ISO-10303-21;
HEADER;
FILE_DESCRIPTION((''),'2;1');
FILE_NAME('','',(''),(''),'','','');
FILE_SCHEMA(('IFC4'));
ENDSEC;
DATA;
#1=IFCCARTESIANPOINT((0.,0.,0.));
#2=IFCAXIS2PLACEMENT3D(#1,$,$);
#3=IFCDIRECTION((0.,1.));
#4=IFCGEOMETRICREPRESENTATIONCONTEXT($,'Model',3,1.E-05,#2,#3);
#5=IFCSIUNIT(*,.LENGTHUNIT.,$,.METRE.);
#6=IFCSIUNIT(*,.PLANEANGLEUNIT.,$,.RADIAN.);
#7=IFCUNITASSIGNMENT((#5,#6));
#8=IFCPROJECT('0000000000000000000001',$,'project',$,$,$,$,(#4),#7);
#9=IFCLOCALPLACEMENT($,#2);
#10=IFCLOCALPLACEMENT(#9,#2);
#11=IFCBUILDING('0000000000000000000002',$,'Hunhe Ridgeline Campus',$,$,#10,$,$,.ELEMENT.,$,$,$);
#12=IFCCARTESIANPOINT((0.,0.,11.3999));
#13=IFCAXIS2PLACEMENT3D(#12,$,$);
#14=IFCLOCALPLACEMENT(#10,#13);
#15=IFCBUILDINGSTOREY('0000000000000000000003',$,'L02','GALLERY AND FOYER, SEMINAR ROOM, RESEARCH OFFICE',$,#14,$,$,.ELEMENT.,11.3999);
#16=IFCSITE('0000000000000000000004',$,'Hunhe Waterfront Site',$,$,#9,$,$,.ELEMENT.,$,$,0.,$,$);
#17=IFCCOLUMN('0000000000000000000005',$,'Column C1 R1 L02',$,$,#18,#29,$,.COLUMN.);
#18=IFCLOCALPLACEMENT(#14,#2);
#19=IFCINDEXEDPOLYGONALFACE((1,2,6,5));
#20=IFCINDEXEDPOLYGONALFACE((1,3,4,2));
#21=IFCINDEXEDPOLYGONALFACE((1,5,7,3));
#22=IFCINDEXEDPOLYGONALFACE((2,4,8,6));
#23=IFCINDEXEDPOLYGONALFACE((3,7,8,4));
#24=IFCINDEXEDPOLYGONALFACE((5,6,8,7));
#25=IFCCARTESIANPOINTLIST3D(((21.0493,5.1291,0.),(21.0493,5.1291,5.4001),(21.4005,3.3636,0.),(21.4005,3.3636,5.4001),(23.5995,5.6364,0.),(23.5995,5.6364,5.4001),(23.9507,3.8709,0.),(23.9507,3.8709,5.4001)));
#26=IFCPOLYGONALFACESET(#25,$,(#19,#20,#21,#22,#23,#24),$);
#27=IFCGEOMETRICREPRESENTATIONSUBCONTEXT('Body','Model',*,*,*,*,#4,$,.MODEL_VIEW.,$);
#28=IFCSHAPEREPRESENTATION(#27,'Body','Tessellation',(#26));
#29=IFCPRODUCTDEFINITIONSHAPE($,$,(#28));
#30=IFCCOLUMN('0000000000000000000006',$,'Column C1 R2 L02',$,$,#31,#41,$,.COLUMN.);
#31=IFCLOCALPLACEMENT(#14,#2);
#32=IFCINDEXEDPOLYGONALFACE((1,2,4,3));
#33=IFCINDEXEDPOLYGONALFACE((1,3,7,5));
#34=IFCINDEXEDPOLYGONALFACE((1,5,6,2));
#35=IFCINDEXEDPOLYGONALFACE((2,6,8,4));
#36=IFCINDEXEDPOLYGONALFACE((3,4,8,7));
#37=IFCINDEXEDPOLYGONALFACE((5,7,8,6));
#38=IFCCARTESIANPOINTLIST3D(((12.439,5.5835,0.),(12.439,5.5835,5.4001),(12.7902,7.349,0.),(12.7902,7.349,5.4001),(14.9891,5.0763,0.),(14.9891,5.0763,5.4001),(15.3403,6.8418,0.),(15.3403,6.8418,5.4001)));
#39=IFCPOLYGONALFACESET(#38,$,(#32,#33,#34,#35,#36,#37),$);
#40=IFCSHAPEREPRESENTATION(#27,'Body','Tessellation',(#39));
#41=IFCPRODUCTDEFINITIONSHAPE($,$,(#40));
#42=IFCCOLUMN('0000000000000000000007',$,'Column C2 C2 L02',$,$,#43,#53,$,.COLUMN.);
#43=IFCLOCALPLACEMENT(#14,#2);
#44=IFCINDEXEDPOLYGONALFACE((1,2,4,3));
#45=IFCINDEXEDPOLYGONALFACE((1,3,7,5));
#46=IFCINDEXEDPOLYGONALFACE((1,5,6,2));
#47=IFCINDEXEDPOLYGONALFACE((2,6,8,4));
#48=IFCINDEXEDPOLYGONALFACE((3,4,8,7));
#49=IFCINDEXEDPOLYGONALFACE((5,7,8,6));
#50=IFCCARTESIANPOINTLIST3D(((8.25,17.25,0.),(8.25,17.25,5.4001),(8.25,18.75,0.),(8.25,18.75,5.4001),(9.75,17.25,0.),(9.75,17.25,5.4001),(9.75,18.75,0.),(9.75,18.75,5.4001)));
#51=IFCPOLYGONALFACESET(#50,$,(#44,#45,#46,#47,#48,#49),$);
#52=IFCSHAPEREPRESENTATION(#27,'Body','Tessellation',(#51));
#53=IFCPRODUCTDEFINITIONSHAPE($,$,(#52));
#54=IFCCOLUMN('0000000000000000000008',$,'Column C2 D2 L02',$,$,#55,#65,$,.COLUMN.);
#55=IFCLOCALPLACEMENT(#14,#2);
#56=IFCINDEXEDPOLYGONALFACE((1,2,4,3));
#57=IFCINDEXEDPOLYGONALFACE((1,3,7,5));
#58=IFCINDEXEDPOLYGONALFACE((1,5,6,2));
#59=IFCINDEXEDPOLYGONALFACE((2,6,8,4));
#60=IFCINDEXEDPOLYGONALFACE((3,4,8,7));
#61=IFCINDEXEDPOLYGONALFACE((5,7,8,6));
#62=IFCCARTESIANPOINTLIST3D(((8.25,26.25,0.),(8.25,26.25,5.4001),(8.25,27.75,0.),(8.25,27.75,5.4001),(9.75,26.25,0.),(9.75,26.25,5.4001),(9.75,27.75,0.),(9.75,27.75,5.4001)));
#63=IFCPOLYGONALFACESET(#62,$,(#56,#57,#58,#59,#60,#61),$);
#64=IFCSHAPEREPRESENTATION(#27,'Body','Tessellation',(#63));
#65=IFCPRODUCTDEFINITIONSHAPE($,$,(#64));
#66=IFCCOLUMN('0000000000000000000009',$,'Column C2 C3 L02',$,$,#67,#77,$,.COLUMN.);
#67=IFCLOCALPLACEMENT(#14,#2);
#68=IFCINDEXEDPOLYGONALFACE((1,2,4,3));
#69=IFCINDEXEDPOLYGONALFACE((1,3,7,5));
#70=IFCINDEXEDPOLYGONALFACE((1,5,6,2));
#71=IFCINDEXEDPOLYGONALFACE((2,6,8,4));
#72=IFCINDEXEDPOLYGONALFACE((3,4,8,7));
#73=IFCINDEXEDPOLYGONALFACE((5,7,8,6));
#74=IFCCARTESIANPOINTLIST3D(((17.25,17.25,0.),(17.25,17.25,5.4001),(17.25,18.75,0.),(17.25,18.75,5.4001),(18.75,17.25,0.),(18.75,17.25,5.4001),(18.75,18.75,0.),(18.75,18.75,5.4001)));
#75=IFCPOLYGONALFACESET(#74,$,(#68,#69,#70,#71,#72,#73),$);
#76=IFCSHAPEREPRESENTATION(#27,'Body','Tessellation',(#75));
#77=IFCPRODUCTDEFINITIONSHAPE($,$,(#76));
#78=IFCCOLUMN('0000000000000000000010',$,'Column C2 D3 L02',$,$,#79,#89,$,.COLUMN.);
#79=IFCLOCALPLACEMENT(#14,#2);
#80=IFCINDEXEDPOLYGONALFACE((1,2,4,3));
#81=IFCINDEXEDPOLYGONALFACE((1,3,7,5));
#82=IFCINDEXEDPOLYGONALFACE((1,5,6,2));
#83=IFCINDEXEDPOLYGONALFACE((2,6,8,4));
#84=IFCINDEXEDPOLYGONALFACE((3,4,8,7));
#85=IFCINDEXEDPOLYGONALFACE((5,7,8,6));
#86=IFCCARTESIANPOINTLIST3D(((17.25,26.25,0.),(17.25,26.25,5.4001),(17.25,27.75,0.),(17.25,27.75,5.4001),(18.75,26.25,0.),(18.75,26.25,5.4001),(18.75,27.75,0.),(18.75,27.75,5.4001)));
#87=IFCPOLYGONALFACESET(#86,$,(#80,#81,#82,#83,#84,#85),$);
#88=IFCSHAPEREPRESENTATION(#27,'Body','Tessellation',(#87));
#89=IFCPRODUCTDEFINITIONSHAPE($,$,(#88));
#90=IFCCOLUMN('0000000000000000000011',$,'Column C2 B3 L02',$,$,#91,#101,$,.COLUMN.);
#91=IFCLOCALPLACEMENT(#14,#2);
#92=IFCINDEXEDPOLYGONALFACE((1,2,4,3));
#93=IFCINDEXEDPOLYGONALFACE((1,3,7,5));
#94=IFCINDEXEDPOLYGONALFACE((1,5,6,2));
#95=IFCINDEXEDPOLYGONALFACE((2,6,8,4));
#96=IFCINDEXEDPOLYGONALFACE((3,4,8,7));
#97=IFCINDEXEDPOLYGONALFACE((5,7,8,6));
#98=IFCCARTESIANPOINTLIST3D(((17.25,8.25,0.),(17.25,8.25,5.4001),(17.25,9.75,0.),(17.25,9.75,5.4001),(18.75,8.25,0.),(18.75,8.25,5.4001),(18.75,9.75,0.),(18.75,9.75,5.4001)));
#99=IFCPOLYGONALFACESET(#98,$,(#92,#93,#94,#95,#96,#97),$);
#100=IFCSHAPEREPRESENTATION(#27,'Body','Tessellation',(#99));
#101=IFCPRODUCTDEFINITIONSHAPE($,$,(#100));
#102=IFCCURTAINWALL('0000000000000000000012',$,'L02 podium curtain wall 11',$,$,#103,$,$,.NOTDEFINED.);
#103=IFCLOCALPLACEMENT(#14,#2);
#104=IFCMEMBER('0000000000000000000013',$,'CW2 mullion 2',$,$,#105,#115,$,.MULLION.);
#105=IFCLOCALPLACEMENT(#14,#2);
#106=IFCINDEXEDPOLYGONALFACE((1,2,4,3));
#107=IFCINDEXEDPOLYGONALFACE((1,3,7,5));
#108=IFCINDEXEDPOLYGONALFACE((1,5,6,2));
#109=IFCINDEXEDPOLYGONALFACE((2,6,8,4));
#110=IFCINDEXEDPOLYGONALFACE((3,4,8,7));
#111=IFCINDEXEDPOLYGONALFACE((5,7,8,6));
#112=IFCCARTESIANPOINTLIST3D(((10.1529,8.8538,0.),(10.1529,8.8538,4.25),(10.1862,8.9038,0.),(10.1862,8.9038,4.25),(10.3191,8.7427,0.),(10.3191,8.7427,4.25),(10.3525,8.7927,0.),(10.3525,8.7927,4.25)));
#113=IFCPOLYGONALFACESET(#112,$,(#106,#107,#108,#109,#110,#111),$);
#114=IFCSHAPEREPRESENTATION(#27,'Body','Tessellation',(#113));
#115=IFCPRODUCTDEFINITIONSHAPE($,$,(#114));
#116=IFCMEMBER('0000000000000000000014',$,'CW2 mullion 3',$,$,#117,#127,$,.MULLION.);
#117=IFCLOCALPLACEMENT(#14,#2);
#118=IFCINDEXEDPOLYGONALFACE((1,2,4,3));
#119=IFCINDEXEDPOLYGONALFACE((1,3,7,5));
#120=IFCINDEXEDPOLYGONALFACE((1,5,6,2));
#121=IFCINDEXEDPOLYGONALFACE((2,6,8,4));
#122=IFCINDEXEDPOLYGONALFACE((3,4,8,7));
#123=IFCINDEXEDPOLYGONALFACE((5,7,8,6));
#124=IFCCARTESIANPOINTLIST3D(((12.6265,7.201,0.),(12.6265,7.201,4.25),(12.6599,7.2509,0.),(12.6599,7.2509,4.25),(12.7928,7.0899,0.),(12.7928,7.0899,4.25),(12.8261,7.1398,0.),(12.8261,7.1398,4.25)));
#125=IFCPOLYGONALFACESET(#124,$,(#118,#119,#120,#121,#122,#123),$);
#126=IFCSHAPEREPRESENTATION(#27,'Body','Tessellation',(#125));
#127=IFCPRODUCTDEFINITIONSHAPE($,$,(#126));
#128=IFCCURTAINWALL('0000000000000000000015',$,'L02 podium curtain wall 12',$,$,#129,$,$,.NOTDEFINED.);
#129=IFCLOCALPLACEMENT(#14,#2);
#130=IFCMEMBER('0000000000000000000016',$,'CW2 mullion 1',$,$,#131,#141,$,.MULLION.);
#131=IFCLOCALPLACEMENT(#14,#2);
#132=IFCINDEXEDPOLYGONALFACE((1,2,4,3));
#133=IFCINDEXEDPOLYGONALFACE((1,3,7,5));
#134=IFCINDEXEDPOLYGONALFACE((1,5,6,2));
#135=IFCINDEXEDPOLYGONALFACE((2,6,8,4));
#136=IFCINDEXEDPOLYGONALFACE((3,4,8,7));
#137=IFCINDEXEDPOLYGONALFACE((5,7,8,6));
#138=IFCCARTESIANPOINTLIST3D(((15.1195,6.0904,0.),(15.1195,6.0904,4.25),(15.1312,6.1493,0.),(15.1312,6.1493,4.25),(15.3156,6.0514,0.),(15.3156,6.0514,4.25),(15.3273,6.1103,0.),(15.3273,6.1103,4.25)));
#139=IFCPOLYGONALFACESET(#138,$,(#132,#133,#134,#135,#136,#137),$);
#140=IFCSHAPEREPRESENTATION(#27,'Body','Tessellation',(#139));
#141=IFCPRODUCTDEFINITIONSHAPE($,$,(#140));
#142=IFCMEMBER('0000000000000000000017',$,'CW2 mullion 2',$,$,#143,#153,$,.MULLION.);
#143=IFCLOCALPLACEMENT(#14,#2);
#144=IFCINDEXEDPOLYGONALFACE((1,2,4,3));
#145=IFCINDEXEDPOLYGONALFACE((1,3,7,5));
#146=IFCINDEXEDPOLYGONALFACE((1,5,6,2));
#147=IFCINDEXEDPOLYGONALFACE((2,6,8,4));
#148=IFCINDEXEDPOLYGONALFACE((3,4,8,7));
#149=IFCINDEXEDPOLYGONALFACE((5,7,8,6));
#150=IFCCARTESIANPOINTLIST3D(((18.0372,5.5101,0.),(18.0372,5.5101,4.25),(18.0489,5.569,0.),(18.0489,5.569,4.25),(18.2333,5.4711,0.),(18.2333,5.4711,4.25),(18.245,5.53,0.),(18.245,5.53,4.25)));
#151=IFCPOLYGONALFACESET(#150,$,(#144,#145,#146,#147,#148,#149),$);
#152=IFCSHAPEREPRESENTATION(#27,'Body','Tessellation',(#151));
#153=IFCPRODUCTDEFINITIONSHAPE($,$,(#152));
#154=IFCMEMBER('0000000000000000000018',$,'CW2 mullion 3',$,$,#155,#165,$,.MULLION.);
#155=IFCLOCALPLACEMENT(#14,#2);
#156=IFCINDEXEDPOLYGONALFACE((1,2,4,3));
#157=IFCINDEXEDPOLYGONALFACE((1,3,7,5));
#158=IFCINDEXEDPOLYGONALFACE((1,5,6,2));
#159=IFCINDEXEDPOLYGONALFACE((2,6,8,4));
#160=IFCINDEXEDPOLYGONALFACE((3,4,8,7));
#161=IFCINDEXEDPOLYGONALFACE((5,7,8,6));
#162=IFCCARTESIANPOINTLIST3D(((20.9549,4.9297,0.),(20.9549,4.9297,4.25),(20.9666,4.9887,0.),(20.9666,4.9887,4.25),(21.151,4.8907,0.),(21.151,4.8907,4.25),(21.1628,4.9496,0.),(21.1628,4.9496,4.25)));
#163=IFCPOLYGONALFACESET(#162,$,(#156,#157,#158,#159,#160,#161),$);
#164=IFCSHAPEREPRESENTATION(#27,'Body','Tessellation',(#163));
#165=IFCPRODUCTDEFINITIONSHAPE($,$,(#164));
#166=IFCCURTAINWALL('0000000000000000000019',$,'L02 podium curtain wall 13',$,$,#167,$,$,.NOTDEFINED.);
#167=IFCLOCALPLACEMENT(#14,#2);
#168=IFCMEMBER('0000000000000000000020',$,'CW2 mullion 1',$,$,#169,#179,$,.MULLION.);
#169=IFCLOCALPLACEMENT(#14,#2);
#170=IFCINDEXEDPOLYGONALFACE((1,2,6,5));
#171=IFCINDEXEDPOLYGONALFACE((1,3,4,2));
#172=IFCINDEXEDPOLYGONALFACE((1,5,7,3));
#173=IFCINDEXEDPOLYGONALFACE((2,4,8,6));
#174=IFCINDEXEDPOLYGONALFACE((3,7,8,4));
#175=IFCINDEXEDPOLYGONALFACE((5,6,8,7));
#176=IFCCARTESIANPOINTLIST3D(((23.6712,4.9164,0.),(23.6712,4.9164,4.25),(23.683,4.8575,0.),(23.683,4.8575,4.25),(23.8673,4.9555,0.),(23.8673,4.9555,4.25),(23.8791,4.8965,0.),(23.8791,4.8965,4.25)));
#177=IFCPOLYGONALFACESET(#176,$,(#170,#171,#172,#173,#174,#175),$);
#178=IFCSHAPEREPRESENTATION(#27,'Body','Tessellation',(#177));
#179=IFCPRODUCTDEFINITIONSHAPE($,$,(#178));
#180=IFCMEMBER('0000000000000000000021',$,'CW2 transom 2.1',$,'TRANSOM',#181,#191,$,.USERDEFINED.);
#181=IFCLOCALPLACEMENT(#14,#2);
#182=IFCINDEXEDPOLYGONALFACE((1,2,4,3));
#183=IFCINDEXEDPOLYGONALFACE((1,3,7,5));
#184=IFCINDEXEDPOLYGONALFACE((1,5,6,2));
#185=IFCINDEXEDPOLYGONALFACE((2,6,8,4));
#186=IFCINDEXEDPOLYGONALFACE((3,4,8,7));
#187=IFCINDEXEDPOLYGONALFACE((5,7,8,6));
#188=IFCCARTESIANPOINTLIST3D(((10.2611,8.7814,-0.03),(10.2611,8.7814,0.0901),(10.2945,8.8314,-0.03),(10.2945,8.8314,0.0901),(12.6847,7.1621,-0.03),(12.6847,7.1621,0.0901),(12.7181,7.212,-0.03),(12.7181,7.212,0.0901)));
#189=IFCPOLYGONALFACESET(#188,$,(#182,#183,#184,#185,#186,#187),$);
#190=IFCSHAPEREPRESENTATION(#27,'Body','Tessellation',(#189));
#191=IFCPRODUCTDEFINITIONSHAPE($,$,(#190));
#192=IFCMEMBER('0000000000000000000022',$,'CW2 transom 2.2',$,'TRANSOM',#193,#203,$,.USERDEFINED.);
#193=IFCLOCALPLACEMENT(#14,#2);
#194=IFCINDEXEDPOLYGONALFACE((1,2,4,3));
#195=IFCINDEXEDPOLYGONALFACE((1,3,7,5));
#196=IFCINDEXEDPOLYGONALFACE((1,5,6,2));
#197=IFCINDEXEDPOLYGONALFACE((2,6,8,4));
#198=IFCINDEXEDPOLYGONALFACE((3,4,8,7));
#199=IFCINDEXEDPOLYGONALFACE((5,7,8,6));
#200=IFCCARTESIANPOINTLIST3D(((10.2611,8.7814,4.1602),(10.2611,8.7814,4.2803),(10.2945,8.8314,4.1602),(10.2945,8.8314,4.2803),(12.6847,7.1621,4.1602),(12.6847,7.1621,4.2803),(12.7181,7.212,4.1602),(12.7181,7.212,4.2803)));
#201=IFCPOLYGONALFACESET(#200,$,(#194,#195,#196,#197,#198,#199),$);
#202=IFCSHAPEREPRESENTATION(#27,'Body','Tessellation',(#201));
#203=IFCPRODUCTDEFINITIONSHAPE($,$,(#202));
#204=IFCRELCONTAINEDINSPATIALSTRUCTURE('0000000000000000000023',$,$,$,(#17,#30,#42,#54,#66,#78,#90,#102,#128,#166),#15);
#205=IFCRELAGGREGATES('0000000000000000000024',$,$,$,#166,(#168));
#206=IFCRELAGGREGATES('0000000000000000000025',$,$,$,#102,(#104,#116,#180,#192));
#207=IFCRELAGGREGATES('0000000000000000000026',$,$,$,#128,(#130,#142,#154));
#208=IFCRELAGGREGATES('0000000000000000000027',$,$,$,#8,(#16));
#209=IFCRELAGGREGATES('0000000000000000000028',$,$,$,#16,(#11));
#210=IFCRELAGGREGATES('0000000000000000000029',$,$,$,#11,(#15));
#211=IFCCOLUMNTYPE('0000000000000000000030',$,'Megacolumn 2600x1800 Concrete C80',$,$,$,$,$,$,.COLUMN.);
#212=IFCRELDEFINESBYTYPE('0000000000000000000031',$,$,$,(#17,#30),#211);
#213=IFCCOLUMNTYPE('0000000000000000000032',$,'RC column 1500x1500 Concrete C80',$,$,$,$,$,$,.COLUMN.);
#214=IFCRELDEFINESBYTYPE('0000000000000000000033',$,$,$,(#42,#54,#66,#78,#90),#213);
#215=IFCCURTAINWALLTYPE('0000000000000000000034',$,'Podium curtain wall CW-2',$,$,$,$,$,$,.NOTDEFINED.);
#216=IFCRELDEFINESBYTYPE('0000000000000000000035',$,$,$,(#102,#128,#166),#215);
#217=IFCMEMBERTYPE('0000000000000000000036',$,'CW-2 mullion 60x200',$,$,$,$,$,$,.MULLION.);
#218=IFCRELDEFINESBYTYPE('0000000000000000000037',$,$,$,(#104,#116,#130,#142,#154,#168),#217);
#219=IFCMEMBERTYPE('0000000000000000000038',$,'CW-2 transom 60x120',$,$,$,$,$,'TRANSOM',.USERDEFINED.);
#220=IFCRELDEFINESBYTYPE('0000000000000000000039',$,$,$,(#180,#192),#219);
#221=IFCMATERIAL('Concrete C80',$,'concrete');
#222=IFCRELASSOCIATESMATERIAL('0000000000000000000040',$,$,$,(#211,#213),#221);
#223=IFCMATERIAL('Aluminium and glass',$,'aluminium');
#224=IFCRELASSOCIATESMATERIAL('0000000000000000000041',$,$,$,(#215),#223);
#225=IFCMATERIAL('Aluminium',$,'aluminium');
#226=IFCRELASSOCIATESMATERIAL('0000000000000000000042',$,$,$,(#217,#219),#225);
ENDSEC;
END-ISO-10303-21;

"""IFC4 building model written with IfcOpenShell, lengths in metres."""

from ifc_helpers import new_model, si_unit, direction, frame, origin, origin_2d, place, context, subcontext, project, spatial, rectangle, extrude, material, material_profile, profile_set, type_object, element, aggregate, save


model = new_model("IFC4")

# Units and contexts
model_context = context("Model", 3, precision=1e-05, world=origin(), true_north=direction((0.0, 1.0)))
body_context = subcontext(model_context, "Body", "Model", "MODEL_VIEW")
ifc_project = project(units=[si_unit("LENGTHUNIT", "METRE"), si_unit("PLANEANGLEUNIT", "RADIAN")], contexts=[model_context])

# Site, building, storey
site_placement = place(None, origin())
site = spatial("IfcSite", under=ifc_project, at=site_placement, Name="Hunhe Waterfront Site", CompositionType="ELEMENT", RefElevation=0.0)
building_placement = place(site_placement, origin())
building = spatial("IfcBuilding", under=site, at=building_placement, Name="Hunhe Ridgeline Campus", CompositionType="ELEMENT")
storey_placement = place(building_placement, frame((0.0, 0.0, 11.3999)))
storey = spatial("IfcBuildingStorey", under=building, at=storey_placement, Name="L02", Description="GALLERY AND FOYER, SEMINAR ROOM, RESEARCH OFFICE", CompositionType="ELEMENT", Elevation=11.3999)

# Columns
ifc_material_1 = material(Name="Concrete C80", Category="concrete")
ifc_material_profile_1 = material_profile(ifc_material_1, rectangle(XDim=2.6001, YDim=1.8, at=origin_2d()))
ifc_profile_set_1 = profile_set([ifc_material_profile_1], Name="Concrete C80")
column_type_1 = type_object("IfcColumnType", Name="Megacolumn 2600x1800 Concrete C80", PredefinedType="COLUMN", material=ifc_profile_set_1)
for number, where, z_axis, x_axis, name in (
    (1, (22.5, 4.5, 0.0), (0.0, 0.0, 1.0), (0.980785, 0.19509, 0.0), "Column C1 R1 L02"),
    (2, (13.8896, 6.2126, 0.0), (0.0, 0.0, 1.0), (-0.980785, 0.19509, 0.0), "Column C1 R2 L02"),
):
    element("IfcColumn", number, at=place(storey_placement, frame(where, z_axis=z_axis, x_axis=x_axis)), inside=storey, type_object=column_type_1, Name=name, PredefinedType="COLUMN", context=body_context, shape_type="SweptSolid", body=[
        extrude(rectangle(XDim=2.6001, YDim=1.8, at=origin_2d()), origin(), (0.0, 0.0, 1.0), 5.4001),
    ])
ifc_material_profile_2 = material_profile(ifc_material_1, rectangle(XDim=1.5, YDim=1.5, at=origin_2d()))
ifc_profile_set_2 = profile_set([ifc_material_profile_2], Name="Concrete C80")
column_type_2 = type_object("IfcColumnType", Name="RC column 1500x1500 Concrete C80", PredefinedType="COLUMN", material=ifc_profile_set_2)
for number, where, z_axis, x_axis, name in (
    (3, (9.0, 18.0, 0.0), (0.0, 0.0, 1.0), (1.0, 0.0, 0.0), "Column C2 C2 L02"),
    (4, (9.0, 27.0, 0.0), (0.0, 0.0, 1.0), (1.0, 0.0, 0.0), "Column C2 D2 L02"),
    (5, (18.0, 18.0, 0.0), (0.0, 0.0, 1.0), (1.0, 0.0, 0.0), "Column C2 C3 L02"),
    (6, (18.0, 27.0, 0.0), (0.0, 0.0, 1.0), (1.0, 0.0, 0.0), "Column C2 D3 L02"),
    (7, (18.0, 9.0, 0.0), (0.0, 0.0, 1.0), (1.0, 0.0, 0.0), "Column C2 B3 L02"),
):
    element("IfcColumn", number, at=place(storey_placement, frame(where, z_axis=z_axis, x_axis=x_axis)), inside=storey, type_object=column_type_2, Name=name, PredefinedType="COLUMN", context=body_context, shape_type="SweptSolid", body=[
        extrude(rectangle(XDim=1.5, YDim=1.5, at=origin_2d()), origin(), (0.0, 0.0, 1.0), 5.4001),
    ])

# Curtain walls, members
ifc_material_2 = material(Name="Aluminium and glass", Category="aluminium")
curtain_wall_type = type_object("IfcCurtainWallType", Name="Podium curtain wall CW-2", PredefinedType="NOTDEFINED", material=ifc_material_2)
curtain_wall_1_placement = place(storey_placement, origin())
curtain_wall_1 = element("IfcCurtainWall", 8, at=curtain_wall_1_placement, inside=storey, type_object=curtain_wall_type, Name="L02 podium curtain wall 11", PredefinedType="NOTDEFINED")
ifc_material_3 = material(Name="Aluminium", Category="aluminium")
ifc_material_profile_3 = material_profile(ifc_material_3, rectangle(XDim=0.0601, YDim=0.2, at=origin_2d()))
ifc_profile_set_3 = profile_set([ifc_material_profile_3], Name="Aluminium")
member_type_1 = type_object("IfcMemberType", Name="CW-2 mullion 60x200", PredefinedType="MULLION", material=ifc_profile_set_3)
member_1_placement = place(storey_placement, frame((10.2527, 8.8232, 0.0), z_axis=(0.0, 0.0, 1.0), x_axis=(0.555572, 0.831469, 0.0)))
member_1 = element("IfcMember", 9, at=member_1_placement, type_object=member_type_1, Name="CW2 mullion 2", PredefinedType="MULLION", context=body_context, shape_type="SweptSolid", body=[
    extrude(rectangle(XDim=0.0601, YDim=0.2, at=origin_2d()), origin(), (0.0, 0.0, 1.0), 4.25),
])
member_2_placement = place(storey_placement, frame((12.7263, 7.1704, 0.0), z_axis=(0.0, 0.0, 1.0), x_axis=(0.555572, 0.831469, 0.0)))
member_2 = element("IfcMember", 10, at=member_2_placement, type_object=member_type_1, Name="CW2 mullion 3", PredefinedType="MULLION", context=body_context, shape_type="SweptSolid", body=[
    extrude(rectangle(XDim=0.0601, YDim=0.2, at=origin_2d()), origin(), (0.0, 0.0, 1.0), 4.25),
])
curtain_wall_2_placement = place(storey_placement, origin())
curtain_wall_2 = element("IfcCurtainWall", 11, at=curtain_wall_2_placement, inside=storey, type_object=curtain_wall_type, Name="L02 podium curtain wall 12", PredefinedType="NOTDEFINED")
member_3_placement = place(storey_placement, frame((15.2234, 6.1003, 0.0), z_axis=(0.0, 0.0, 1.0), x_axis=(0.195079, 0.980787, 0.0)))
member_3 = element("IfcMember", 12, at=member_3_placement, type_object=member_type_1, Name="CW2 mullion 1", PredefinedType="MULLION", context=body_context, shape_type="SweptSolid", body=[
    extrude(rectangle(XDim=0.0601, YDim=0.2, at=origin_2d()), origin(), (0.0, 0.0, 1.0), 4.25),
])
member_4_placement = place(storey_placement, frame((18.1411, 5.52, 0.0), z_axis=(0.0, 0.0, 1.0), x_axis=(0.195079, 0.980787, 0.0)))
member_4 = element("IfcMember", 13, at=member_4_placement, type_object=member_type_1, Name="CW2 mullion 2", PredefinedType="MULLION", context=body_context, shape_type="SweptSolid", body=[
    extrude(rectangle(XDim=0.0601, YDim=0.2, at=origin_2d()), origin(), (0.0, 0.0, 1.0), 4.25),
])
member_5_placement = place(storey_placement, frame((21.0588, 4.9397, 0.0), z_axis=(0.0, 0.0, 1.0), x_axis=(0.195079, 0.980787, 0.0)))
member_5 = element("IfcMember", 14, at=member_5_placement, type_object=member_type_1, Name="CW2 mullion 3", PredefinedType="MULLION", context=body_context, shape_type="SweptSolid", body=[
    extrude(rectangle(XDim=0.0601, YDim=0.2, at=origin_2d()), origin(), (0.0, 0.0, 1.0), 4.25),
])

# Curtain wall, member
curtain_wall_3_placement = place(storey_placement, origin())
curtain_wall_3 = element("IfcCurtainWall", 15, at=curtain_wall_3_placement, inside=storey, type_object=curtain_wall_type, Name="L02 podium curtain wall 13", PredefinedType="NOTDEFINED")
member_6_placement = place(storey_placement, frame((23.7751, 4.9065, 0.0), z_axis=(0.0, 0.0, 1.0), x_axis=(-0.195098, 0.980784, 0.0)))
member_6 = element("IfcMember", 16, at=member_6_placement, type_object=member_type_1, Name="CW2 mullion 1", PredefinedType="MULLION", context=body_context, shape_type="SweptSolid", body=[
    extrude(rectangle(XDim=0.0601, YDim=0.2, at=origin_2d()), origin(), (0.0, 0.0, 1.0), 4.25),
])
aggregate(curtain_wall_3, [member_6])

# Members
ifc_material_profile_4 = material_profile(ifc_material_3, rectangle(XDim=0.0601, YDim=0.1201, at=origin_2d()))
ifc_profile_set_4 = profile_set([ifc_material_profile_4], Name="Aluminium")
member_type_2 = type_object("IfcMemberType", Name="CW-2 transom 60x120", ElementType="TRANSOM", PredefinedType="USERDEFINED", material=ifc_profile_set_4)
member_7_placement = place(storey_placement, frame((10.2778, 8.8064, 0.03), z_axis=(0.83147, -0.55557, 0.0), x_axis=(0.55557, 0.83147, 0.0)))
member_7 = element("IfcMember", 17, at=member_7_placement, type_object=member_type_2, Name="CW2 transom 2.1", ObjectType="TRANSOM", PredefinedType="USERDEFINED", context=body_context, shape_type="SweptSolid", body=[
    extrude(rectangle(XDim=0.0601, YDim=0.1201, at=origin_2d()), origin(), (0.0, 0.0, 1.0), 2.9148),
])
member_8_placement = place(storey_placement, frame((10.2778, 8.8064, 4.2202), z_axis=(0.83147, -0.55557, 0.0), x_axis=(0.55557, 0.83147, 0.0)))
member_8 = element("IfcMember", 18, at=member_8_placement, type_object=member_type_2, Name="CW2 transom 2.2", ObjectType="TRANSOM", PredefinedType="USERDEFINED", context=body_context, shape_type="SweptSolid", body=[
    extrude(rectangle(XDim=0.0601, YDim=0.1201, at=origin_2d()), origin(), (0.0, 0.0, 1.0), 2.9148),
])

aggregate(curtain_wall_1, [member_1, member_2, member_7, member_8])
aggregate(curtain_wall_2, [member_3, member_4, member_5])

save(model, "model.ifc")
